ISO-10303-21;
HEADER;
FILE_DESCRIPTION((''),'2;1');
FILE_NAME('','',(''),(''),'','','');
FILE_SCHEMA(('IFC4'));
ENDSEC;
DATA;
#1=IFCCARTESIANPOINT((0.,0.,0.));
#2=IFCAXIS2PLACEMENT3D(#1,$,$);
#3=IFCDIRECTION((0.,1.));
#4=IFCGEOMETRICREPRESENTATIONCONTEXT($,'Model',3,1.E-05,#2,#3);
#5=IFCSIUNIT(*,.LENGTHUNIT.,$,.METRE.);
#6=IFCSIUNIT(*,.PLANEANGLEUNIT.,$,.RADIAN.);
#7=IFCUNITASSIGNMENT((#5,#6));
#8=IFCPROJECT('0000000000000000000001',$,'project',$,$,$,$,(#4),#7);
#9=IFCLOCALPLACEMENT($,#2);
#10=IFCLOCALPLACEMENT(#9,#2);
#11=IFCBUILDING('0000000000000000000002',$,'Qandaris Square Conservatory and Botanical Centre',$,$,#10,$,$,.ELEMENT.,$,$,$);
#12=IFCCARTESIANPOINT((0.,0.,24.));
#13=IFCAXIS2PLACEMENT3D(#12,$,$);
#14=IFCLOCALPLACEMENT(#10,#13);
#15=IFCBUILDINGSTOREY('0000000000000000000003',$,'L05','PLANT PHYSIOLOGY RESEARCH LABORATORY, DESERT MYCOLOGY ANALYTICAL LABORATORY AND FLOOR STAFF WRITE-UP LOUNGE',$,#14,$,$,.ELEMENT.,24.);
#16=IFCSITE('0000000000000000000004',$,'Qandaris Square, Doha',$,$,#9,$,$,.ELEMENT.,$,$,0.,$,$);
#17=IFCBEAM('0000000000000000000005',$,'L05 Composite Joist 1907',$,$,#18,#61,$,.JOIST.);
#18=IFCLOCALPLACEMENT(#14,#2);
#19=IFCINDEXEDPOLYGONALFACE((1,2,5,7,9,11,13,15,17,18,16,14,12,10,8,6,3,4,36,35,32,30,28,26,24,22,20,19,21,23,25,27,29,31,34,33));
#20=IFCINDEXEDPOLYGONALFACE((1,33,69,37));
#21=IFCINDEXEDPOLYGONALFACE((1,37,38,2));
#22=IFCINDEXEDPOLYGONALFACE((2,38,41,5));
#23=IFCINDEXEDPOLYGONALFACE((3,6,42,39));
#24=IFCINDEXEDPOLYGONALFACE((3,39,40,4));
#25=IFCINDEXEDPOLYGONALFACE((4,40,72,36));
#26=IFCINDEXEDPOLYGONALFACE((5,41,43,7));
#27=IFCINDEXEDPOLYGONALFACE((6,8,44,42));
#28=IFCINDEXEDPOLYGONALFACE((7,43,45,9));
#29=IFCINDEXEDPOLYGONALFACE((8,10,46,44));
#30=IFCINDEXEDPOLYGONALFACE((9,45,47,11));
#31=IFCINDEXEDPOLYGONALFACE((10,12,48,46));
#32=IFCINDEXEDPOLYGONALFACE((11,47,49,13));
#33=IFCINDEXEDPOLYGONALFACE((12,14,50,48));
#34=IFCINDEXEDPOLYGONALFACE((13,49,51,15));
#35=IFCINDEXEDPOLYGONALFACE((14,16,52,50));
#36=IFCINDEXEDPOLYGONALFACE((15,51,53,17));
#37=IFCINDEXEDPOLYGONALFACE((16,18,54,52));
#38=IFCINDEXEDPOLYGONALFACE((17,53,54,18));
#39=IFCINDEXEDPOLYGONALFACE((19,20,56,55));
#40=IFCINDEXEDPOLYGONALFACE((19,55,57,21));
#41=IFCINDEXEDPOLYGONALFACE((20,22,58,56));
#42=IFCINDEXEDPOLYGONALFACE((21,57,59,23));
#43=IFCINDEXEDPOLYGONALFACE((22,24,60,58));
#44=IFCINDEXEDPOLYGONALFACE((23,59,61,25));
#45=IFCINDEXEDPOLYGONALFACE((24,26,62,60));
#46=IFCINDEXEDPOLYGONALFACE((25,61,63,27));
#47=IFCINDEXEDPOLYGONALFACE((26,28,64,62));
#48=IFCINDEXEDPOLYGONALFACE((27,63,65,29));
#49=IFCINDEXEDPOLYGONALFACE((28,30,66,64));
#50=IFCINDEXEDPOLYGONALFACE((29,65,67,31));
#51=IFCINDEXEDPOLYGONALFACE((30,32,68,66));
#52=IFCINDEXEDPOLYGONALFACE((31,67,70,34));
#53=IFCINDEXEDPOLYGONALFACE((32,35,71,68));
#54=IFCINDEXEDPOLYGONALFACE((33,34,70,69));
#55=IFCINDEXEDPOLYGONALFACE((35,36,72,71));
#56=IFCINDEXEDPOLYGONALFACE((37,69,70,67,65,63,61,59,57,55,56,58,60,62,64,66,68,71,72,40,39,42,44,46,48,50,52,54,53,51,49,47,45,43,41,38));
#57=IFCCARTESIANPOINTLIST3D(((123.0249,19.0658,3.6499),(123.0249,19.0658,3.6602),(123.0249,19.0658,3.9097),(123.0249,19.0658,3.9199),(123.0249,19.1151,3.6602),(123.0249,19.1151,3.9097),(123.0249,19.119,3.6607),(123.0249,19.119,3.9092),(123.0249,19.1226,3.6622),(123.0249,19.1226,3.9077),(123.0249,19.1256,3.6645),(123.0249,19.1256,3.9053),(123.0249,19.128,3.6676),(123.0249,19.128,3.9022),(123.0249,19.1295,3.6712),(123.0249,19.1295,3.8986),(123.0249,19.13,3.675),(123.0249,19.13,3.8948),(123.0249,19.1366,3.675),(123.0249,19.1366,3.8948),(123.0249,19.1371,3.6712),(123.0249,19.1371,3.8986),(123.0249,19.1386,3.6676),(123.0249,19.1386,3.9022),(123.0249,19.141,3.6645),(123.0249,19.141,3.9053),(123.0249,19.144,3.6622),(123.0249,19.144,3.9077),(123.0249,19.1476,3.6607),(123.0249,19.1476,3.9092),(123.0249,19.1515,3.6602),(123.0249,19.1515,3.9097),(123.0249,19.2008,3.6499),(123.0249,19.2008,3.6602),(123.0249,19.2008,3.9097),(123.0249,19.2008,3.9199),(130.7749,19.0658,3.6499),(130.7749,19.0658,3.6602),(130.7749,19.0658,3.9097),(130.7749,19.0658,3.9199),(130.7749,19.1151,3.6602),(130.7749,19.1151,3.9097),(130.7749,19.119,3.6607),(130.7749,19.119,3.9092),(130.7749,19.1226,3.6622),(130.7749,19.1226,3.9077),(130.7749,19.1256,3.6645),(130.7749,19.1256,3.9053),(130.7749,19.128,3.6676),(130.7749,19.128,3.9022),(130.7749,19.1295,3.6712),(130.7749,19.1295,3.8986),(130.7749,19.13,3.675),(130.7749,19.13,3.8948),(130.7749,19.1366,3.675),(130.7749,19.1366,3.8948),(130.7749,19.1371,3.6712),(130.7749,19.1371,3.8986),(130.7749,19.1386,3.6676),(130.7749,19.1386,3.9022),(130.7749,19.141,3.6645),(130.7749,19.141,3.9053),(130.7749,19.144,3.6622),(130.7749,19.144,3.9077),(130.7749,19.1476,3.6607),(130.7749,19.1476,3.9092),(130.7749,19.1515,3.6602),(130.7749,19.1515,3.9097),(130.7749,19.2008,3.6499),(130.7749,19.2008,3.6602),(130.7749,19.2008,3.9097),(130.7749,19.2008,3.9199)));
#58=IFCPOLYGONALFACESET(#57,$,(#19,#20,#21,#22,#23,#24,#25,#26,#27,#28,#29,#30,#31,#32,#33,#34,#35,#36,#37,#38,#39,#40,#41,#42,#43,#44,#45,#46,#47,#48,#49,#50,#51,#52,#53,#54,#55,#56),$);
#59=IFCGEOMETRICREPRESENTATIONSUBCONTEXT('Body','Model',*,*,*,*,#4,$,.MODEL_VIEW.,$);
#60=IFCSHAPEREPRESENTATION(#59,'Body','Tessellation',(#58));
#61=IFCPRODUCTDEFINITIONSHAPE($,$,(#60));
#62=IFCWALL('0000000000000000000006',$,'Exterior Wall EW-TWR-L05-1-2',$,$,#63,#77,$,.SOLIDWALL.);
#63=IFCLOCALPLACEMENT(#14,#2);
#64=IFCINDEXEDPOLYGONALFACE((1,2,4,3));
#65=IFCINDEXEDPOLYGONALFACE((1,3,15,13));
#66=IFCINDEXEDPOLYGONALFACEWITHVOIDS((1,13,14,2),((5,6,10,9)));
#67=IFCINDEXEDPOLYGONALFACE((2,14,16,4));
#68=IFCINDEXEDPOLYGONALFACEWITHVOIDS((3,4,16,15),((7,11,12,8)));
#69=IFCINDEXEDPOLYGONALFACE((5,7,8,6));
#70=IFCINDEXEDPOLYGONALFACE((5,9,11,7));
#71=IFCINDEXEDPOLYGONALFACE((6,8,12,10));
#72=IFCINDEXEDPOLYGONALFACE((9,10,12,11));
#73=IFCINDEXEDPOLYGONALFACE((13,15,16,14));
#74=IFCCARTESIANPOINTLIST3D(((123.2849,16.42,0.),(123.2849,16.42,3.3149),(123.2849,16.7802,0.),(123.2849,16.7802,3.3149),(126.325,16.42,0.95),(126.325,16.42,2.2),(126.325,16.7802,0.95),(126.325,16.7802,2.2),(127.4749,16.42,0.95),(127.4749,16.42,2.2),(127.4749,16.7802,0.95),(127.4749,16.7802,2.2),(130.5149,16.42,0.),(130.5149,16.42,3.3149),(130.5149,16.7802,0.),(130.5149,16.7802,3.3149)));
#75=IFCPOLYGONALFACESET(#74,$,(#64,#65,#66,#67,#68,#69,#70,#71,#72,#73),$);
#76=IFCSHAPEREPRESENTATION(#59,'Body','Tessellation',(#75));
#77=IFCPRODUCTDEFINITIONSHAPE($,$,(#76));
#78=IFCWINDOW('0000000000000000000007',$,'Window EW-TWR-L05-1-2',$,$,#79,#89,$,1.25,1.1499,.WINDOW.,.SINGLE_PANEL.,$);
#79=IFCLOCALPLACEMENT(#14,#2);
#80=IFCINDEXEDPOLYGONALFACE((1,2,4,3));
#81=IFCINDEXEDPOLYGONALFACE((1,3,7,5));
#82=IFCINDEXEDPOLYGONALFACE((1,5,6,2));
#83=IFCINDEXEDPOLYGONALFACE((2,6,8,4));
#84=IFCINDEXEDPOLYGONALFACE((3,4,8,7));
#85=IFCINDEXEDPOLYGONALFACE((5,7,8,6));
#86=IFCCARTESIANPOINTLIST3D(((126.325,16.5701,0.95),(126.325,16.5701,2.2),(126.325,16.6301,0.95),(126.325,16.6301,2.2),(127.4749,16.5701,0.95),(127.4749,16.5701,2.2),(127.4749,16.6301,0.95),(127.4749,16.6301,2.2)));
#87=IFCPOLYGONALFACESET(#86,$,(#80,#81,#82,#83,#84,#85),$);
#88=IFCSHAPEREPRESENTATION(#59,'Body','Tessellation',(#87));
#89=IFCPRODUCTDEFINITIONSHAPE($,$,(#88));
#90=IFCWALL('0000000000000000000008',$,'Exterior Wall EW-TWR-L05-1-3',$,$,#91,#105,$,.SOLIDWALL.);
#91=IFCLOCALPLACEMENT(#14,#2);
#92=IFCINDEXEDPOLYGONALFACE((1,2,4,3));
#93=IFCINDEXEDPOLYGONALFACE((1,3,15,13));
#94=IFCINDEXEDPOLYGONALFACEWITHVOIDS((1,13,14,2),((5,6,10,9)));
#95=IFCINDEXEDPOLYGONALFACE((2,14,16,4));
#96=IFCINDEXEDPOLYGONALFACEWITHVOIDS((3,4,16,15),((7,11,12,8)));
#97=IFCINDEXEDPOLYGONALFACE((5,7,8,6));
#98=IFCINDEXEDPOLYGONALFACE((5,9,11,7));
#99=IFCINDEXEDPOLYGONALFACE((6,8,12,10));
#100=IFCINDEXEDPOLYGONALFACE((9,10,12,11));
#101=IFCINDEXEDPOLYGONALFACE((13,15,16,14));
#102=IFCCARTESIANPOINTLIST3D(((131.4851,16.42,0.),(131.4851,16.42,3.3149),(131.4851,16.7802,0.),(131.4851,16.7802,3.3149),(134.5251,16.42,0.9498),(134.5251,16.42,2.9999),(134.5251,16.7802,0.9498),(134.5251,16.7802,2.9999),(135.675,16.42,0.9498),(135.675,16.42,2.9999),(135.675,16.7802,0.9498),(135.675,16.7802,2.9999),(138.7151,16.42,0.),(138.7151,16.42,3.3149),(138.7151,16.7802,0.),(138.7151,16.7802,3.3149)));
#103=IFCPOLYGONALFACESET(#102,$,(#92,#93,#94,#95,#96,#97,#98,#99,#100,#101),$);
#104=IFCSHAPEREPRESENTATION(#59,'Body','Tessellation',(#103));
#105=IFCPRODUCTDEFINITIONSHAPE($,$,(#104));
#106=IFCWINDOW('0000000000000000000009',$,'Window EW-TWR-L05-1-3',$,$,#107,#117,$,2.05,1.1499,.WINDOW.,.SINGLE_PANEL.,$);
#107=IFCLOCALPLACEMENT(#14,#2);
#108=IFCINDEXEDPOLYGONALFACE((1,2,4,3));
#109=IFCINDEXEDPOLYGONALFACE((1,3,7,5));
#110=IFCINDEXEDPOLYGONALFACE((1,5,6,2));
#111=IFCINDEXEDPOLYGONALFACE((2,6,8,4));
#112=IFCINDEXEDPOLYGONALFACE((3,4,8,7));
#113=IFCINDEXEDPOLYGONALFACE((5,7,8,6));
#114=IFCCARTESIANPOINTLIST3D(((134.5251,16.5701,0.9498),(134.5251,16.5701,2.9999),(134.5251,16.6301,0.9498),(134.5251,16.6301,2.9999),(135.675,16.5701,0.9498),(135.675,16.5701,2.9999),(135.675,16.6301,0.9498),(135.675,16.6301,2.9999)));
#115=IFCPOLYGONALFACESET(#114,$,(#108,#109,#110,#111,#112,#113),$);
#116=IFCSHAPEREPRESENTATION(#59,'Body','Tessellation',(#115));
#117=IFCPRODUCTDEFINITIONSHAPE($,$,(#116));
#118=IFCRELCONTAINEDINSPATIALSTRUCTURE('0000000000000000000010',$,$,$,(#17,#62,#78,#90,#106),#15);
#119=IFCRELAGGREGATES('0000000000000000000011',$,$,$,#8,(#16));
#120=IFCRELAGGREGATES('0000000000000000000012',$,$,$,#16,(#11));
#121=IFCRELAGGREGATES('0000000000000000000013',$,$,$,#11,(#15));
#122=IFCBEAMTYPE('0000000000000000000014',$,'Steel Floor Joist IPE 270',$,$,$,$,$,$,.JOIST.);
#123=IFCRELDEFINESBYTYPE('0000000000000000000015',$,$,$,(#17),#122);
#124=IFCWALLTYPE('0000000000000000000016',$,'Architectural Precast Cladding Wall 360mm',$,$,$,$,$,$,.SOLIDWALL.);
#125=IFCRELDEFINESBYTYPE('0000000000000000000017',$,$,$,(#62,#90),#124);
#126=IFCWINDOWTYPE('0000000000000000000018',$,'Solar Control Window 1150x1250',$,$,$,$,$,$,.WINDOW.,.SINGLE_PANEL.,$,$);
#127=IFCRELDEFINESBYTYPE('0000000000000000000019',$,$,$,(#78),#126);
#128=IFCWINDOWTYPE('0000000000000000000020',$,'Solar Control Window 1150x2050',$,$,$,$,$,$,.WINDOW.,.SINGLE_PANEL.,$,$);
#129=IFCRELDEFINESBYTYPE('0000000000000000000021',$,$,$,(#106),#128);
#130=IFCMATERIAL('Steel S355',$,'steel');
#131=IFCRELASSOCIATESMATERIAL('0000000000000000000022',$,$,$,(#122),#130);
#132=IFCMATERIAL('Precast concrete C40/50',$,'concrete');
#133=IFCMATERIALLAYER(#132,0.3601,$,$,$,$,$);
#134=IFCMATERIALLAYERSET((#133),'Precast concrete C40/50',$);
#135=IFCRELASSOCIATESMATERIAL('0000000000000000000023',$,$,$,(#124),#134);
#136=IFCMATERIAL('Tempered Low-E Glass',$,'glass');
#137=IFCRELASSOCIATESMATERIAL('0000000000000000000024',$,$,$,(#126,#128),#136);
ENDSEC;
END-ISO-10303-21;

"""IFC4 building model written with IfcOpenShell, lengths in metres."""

from ifc_helpers import new_model, si_unit, direction, frame, frame_2d, origin, origin_2d, place, context, subcontext, project, spatial, rectangle, i_section, extrude, material, layer, layer_set, material_profile, profile_set, type_object, element, fill, save


model = new_model("IFC4")

# Units and contexts
model_context = context("Model", 3, precision=1e-05, world=origin(), true_north=direction((0.0, 1.0)))
body_context = subcontext(model_context, "Body", "Model", "MODEL_VIEW")
ifc_project = project(units=[si_unit("LENGTHUNIT", "METRE"), si_unit("PLANEANGLEUNIT", "RADIAN")], contexts=[model_context])

# Site, building, storey
site_placement = place(None, origin())
site = spatial("IfcSite", under=ifc_project, at=site_placement, Name="Qandaris Square, Doha", CompositionType="ELEMENT", RefElevation=0.0)
building_placement = place(site_placement, origin())
building = spatial("IfcBuilding", under=site, at=building_placement, Name="Qandaris Square Conservatory and Botanical Centre", CompositionType="ELEMENT")
storey_placement = place(building_placement, frame((0.0, 0.0, 24.0)))
storey = spatial("IfcBuildingStorey", under=building, at=storey_placement, Name="L05", Description="PLANT PHYSIOLOGY RESEARCH LABORATORY, DESERT MYCOLOGY ANALYTICAL LABORATORY AND FLOOR STAFF WRITE-UP LOUNGE", CompositionType="ELEMENT", Elevation=24.0)

# Beam
ifc_material_1 = material(Name="Steel S355", Category="steel")
ifc_material_profile_1 = material_profile(ifc_material_1, i_section(OverallWidth=0.135, OverallDepth=0.27, WebThickness=0.0066, FlangeThickness=0.0103, FilletRadius=0.0149, at=origin_2d()), Name="IPE 270")
ifc_profile_set_1 = profile_set([ifc_material_profile_1], Name="Steel S355")
beam_type_1 = type_object("IfcBeamType", Name="Steel Floor Joist IPE 270", PredefinedType="JOIST", material=ifc_profile_set_1)
beam_1_placement = place(storey_placement, frame((123.0249, 19.1333, 3.7849), z_axis=(1.0, 0.0, 0.0), x_axis=(0.0, 1.0, 0.0)))
element("IfcBeam", 1, at=beam_1_placement, inside=storey, type_object=beam_type_1, Name="L05 Composite Joist 1907", PredefinedType="JOIST", context=body_context, shape_type="SweptSolid", body=[
    extrude(i_section(OverallWidth=0.135, OverallDepth=0.27, WebThickness=0.0066, FlangeThickness=0.0103, FilletRadius=0.0149, at=origin_2d()), origin(), (0.0, 0.0, 1.0), 7.75),
])

# Walls, openings, windows
ifc_material_2 = material(Name="Precast concrete C40/50", Category="concrete")
ifc_layer = layer(ifc_material_2, 0.3601)
ifc_layer_set = layer_set([ifc_layer], Name="Precast concrete C40/50")
wall_type = type_object("IfcWallType", Name="Architectural Precast Cladding Wall 360mm", PredefinedType="SOLIDWALL", material=ifc_layer_set)
wall_1_placement = place(storey_placement, frame((123.2849, 16.6001, 0.0), z_axis=(0.0, 0.0, 1.0), x_axis=(1.0, 0.0, 0.0)))
wall_1 = element("IfcWall", 2, at=wall_1_placement, inside=storey, type_object=wall_type, Name="Exterior Wall EW-TWR-L05-1-2", PredefinedType="SOLIDWALL", context=body_context, shape_type="SweptSolid", body=[
    extrude(rectangle(XDim=7.23, YDim=0.3601, at=frame_2d((3.615, 0.0))), origin(), (0.0, 0.0, 1.0), 3.3149),
])
opening_1_placement = place(wall_1_placement, frame((3.04, 0.0, 0.95)))
opening_1 = element("IfcOpeningElement", 3, at=opening_1_placement, cuts=wall_1, PredefinedType="OPENING", context=body_context, shape_type="SweptSolid", body=[
    extrude(rectangle(XDim=1.1499, YDim=1.25, at=frame_2d((0.575, 0.625))), frame((0.0, 0.1919, 0.0), z_axis=(0.0, -1.0, 0.0), x_axis=(1.0, 0.0, 0.0)), (0.0, 0.0, 1.0), 0.384),
])
ifc_material_3 = material(Name="Tempered Low-E Glass", Category="glass")
window_type_1 = type_object("IfcWindowType", Name="Solar Control Window 1150x1250", PartitioningType="SINGLE_PANEL", PredefinedType="WINDOW", material=ifc_material_3)
window_1_placement = place(opening_1_placement, origin())
window_1 = element("IfcWindow", 4, at=window_1_placement, inside=storey, type_object=window_type_1, Name="Window EW-TWR-L05-1-2", OverallHeight=1.25, OverallWidth=1.1499, PartitioningType="SINGLE_PANEL", PredefinedType="WINDOW", context=body_context, shape_type="SweptSolid", body=[
    extrude(rectangle(XDim=1.1499, YDim=1.25, at=frame_2d((0.575, 0.625))), frame((0.0, 0.03, 0.0), z_axis=(0.0, -1.0, 0.0), x_axis=(1.0, 0.0, 0.0)), (0.0, 0.0, 1.0), 0.0601),
])
fill(opening_1, window_1)
wall_2_placement = place(storey_placement, frame((131.4851, 16.6001, 0.0), z_axis=(0.0, 0.0, 1.0), x_axis=(1.0, 0.0, 0.0)))
wall_2 = element("IfcWall", 5, at=wall_2_placement, inside=storey, type_object=wall_type, Name="Exterior Wall EW-TWR-L05-1-3", PredefinedType="SOLIDWALL", context=body_context, shape_type="SweptSolid", body=[
    extrude(rectangle(XDim=7.23, YDim=0.3601, at=frame_2d((3.615, 0.0))), origin(), (0.0, 0.0, 1.0), 3.3149),
])
opening_2_placement = place(wall_2_placement, frame((3.04, 0.0, 0.95)))
opening_2 = element("IfcOpeningElement", 6, at=opening_2_placement, cuts=wall_2, PredefinedType="OPENING", context=body_context, shape_type="SweptSolid", body=[
    extrude(rectangle(XDim=1.1499, YDim=2.05, at=frame_2d((0.575, 1.0249))), frame((0.0, 0.1919, 0.0), z_axis=(0.0, -1.0, 0.0), x_axis=(1.0, 0.0, 0.0)), (0.0, 0.0, 1.0), 0.384),
])
window_type_2 = type_object("IfcWindowType", Name="Solar Control Window 1150x2050", PartitioningType="SINGLE_PANEL", PredefinedType="WINDOW", material=ifc_material_3)
window_2_placement = place(opening_2_placement, origin())
window_2 = element("IfcWindow", 7, at=window_2_placement, inside=storey, type_object=window_type_2, Name="Window EW-TWR-L05-1-3", OverallHeight=2.05, OverallWidth=1.1499, PartitioningType="SINGLE_PANEL", PredefinedType="WINDOW", context=body_context, shape_type="SweptSolid", body=[
    extrude(rectangle(XDim=1.1499, YDim=2.05, at=frame_2d((0.575, 1.0249))), frame((0.0, 0.03, 0.0), z_axis=(0.0, -1.0, 0.0), x_axis=(1.0, 0.0, 0.0)), (0.0, 0.0, 1.0), 0.0601),
])
fill(opening_2, window_2)

save(model, "model.ifc")
